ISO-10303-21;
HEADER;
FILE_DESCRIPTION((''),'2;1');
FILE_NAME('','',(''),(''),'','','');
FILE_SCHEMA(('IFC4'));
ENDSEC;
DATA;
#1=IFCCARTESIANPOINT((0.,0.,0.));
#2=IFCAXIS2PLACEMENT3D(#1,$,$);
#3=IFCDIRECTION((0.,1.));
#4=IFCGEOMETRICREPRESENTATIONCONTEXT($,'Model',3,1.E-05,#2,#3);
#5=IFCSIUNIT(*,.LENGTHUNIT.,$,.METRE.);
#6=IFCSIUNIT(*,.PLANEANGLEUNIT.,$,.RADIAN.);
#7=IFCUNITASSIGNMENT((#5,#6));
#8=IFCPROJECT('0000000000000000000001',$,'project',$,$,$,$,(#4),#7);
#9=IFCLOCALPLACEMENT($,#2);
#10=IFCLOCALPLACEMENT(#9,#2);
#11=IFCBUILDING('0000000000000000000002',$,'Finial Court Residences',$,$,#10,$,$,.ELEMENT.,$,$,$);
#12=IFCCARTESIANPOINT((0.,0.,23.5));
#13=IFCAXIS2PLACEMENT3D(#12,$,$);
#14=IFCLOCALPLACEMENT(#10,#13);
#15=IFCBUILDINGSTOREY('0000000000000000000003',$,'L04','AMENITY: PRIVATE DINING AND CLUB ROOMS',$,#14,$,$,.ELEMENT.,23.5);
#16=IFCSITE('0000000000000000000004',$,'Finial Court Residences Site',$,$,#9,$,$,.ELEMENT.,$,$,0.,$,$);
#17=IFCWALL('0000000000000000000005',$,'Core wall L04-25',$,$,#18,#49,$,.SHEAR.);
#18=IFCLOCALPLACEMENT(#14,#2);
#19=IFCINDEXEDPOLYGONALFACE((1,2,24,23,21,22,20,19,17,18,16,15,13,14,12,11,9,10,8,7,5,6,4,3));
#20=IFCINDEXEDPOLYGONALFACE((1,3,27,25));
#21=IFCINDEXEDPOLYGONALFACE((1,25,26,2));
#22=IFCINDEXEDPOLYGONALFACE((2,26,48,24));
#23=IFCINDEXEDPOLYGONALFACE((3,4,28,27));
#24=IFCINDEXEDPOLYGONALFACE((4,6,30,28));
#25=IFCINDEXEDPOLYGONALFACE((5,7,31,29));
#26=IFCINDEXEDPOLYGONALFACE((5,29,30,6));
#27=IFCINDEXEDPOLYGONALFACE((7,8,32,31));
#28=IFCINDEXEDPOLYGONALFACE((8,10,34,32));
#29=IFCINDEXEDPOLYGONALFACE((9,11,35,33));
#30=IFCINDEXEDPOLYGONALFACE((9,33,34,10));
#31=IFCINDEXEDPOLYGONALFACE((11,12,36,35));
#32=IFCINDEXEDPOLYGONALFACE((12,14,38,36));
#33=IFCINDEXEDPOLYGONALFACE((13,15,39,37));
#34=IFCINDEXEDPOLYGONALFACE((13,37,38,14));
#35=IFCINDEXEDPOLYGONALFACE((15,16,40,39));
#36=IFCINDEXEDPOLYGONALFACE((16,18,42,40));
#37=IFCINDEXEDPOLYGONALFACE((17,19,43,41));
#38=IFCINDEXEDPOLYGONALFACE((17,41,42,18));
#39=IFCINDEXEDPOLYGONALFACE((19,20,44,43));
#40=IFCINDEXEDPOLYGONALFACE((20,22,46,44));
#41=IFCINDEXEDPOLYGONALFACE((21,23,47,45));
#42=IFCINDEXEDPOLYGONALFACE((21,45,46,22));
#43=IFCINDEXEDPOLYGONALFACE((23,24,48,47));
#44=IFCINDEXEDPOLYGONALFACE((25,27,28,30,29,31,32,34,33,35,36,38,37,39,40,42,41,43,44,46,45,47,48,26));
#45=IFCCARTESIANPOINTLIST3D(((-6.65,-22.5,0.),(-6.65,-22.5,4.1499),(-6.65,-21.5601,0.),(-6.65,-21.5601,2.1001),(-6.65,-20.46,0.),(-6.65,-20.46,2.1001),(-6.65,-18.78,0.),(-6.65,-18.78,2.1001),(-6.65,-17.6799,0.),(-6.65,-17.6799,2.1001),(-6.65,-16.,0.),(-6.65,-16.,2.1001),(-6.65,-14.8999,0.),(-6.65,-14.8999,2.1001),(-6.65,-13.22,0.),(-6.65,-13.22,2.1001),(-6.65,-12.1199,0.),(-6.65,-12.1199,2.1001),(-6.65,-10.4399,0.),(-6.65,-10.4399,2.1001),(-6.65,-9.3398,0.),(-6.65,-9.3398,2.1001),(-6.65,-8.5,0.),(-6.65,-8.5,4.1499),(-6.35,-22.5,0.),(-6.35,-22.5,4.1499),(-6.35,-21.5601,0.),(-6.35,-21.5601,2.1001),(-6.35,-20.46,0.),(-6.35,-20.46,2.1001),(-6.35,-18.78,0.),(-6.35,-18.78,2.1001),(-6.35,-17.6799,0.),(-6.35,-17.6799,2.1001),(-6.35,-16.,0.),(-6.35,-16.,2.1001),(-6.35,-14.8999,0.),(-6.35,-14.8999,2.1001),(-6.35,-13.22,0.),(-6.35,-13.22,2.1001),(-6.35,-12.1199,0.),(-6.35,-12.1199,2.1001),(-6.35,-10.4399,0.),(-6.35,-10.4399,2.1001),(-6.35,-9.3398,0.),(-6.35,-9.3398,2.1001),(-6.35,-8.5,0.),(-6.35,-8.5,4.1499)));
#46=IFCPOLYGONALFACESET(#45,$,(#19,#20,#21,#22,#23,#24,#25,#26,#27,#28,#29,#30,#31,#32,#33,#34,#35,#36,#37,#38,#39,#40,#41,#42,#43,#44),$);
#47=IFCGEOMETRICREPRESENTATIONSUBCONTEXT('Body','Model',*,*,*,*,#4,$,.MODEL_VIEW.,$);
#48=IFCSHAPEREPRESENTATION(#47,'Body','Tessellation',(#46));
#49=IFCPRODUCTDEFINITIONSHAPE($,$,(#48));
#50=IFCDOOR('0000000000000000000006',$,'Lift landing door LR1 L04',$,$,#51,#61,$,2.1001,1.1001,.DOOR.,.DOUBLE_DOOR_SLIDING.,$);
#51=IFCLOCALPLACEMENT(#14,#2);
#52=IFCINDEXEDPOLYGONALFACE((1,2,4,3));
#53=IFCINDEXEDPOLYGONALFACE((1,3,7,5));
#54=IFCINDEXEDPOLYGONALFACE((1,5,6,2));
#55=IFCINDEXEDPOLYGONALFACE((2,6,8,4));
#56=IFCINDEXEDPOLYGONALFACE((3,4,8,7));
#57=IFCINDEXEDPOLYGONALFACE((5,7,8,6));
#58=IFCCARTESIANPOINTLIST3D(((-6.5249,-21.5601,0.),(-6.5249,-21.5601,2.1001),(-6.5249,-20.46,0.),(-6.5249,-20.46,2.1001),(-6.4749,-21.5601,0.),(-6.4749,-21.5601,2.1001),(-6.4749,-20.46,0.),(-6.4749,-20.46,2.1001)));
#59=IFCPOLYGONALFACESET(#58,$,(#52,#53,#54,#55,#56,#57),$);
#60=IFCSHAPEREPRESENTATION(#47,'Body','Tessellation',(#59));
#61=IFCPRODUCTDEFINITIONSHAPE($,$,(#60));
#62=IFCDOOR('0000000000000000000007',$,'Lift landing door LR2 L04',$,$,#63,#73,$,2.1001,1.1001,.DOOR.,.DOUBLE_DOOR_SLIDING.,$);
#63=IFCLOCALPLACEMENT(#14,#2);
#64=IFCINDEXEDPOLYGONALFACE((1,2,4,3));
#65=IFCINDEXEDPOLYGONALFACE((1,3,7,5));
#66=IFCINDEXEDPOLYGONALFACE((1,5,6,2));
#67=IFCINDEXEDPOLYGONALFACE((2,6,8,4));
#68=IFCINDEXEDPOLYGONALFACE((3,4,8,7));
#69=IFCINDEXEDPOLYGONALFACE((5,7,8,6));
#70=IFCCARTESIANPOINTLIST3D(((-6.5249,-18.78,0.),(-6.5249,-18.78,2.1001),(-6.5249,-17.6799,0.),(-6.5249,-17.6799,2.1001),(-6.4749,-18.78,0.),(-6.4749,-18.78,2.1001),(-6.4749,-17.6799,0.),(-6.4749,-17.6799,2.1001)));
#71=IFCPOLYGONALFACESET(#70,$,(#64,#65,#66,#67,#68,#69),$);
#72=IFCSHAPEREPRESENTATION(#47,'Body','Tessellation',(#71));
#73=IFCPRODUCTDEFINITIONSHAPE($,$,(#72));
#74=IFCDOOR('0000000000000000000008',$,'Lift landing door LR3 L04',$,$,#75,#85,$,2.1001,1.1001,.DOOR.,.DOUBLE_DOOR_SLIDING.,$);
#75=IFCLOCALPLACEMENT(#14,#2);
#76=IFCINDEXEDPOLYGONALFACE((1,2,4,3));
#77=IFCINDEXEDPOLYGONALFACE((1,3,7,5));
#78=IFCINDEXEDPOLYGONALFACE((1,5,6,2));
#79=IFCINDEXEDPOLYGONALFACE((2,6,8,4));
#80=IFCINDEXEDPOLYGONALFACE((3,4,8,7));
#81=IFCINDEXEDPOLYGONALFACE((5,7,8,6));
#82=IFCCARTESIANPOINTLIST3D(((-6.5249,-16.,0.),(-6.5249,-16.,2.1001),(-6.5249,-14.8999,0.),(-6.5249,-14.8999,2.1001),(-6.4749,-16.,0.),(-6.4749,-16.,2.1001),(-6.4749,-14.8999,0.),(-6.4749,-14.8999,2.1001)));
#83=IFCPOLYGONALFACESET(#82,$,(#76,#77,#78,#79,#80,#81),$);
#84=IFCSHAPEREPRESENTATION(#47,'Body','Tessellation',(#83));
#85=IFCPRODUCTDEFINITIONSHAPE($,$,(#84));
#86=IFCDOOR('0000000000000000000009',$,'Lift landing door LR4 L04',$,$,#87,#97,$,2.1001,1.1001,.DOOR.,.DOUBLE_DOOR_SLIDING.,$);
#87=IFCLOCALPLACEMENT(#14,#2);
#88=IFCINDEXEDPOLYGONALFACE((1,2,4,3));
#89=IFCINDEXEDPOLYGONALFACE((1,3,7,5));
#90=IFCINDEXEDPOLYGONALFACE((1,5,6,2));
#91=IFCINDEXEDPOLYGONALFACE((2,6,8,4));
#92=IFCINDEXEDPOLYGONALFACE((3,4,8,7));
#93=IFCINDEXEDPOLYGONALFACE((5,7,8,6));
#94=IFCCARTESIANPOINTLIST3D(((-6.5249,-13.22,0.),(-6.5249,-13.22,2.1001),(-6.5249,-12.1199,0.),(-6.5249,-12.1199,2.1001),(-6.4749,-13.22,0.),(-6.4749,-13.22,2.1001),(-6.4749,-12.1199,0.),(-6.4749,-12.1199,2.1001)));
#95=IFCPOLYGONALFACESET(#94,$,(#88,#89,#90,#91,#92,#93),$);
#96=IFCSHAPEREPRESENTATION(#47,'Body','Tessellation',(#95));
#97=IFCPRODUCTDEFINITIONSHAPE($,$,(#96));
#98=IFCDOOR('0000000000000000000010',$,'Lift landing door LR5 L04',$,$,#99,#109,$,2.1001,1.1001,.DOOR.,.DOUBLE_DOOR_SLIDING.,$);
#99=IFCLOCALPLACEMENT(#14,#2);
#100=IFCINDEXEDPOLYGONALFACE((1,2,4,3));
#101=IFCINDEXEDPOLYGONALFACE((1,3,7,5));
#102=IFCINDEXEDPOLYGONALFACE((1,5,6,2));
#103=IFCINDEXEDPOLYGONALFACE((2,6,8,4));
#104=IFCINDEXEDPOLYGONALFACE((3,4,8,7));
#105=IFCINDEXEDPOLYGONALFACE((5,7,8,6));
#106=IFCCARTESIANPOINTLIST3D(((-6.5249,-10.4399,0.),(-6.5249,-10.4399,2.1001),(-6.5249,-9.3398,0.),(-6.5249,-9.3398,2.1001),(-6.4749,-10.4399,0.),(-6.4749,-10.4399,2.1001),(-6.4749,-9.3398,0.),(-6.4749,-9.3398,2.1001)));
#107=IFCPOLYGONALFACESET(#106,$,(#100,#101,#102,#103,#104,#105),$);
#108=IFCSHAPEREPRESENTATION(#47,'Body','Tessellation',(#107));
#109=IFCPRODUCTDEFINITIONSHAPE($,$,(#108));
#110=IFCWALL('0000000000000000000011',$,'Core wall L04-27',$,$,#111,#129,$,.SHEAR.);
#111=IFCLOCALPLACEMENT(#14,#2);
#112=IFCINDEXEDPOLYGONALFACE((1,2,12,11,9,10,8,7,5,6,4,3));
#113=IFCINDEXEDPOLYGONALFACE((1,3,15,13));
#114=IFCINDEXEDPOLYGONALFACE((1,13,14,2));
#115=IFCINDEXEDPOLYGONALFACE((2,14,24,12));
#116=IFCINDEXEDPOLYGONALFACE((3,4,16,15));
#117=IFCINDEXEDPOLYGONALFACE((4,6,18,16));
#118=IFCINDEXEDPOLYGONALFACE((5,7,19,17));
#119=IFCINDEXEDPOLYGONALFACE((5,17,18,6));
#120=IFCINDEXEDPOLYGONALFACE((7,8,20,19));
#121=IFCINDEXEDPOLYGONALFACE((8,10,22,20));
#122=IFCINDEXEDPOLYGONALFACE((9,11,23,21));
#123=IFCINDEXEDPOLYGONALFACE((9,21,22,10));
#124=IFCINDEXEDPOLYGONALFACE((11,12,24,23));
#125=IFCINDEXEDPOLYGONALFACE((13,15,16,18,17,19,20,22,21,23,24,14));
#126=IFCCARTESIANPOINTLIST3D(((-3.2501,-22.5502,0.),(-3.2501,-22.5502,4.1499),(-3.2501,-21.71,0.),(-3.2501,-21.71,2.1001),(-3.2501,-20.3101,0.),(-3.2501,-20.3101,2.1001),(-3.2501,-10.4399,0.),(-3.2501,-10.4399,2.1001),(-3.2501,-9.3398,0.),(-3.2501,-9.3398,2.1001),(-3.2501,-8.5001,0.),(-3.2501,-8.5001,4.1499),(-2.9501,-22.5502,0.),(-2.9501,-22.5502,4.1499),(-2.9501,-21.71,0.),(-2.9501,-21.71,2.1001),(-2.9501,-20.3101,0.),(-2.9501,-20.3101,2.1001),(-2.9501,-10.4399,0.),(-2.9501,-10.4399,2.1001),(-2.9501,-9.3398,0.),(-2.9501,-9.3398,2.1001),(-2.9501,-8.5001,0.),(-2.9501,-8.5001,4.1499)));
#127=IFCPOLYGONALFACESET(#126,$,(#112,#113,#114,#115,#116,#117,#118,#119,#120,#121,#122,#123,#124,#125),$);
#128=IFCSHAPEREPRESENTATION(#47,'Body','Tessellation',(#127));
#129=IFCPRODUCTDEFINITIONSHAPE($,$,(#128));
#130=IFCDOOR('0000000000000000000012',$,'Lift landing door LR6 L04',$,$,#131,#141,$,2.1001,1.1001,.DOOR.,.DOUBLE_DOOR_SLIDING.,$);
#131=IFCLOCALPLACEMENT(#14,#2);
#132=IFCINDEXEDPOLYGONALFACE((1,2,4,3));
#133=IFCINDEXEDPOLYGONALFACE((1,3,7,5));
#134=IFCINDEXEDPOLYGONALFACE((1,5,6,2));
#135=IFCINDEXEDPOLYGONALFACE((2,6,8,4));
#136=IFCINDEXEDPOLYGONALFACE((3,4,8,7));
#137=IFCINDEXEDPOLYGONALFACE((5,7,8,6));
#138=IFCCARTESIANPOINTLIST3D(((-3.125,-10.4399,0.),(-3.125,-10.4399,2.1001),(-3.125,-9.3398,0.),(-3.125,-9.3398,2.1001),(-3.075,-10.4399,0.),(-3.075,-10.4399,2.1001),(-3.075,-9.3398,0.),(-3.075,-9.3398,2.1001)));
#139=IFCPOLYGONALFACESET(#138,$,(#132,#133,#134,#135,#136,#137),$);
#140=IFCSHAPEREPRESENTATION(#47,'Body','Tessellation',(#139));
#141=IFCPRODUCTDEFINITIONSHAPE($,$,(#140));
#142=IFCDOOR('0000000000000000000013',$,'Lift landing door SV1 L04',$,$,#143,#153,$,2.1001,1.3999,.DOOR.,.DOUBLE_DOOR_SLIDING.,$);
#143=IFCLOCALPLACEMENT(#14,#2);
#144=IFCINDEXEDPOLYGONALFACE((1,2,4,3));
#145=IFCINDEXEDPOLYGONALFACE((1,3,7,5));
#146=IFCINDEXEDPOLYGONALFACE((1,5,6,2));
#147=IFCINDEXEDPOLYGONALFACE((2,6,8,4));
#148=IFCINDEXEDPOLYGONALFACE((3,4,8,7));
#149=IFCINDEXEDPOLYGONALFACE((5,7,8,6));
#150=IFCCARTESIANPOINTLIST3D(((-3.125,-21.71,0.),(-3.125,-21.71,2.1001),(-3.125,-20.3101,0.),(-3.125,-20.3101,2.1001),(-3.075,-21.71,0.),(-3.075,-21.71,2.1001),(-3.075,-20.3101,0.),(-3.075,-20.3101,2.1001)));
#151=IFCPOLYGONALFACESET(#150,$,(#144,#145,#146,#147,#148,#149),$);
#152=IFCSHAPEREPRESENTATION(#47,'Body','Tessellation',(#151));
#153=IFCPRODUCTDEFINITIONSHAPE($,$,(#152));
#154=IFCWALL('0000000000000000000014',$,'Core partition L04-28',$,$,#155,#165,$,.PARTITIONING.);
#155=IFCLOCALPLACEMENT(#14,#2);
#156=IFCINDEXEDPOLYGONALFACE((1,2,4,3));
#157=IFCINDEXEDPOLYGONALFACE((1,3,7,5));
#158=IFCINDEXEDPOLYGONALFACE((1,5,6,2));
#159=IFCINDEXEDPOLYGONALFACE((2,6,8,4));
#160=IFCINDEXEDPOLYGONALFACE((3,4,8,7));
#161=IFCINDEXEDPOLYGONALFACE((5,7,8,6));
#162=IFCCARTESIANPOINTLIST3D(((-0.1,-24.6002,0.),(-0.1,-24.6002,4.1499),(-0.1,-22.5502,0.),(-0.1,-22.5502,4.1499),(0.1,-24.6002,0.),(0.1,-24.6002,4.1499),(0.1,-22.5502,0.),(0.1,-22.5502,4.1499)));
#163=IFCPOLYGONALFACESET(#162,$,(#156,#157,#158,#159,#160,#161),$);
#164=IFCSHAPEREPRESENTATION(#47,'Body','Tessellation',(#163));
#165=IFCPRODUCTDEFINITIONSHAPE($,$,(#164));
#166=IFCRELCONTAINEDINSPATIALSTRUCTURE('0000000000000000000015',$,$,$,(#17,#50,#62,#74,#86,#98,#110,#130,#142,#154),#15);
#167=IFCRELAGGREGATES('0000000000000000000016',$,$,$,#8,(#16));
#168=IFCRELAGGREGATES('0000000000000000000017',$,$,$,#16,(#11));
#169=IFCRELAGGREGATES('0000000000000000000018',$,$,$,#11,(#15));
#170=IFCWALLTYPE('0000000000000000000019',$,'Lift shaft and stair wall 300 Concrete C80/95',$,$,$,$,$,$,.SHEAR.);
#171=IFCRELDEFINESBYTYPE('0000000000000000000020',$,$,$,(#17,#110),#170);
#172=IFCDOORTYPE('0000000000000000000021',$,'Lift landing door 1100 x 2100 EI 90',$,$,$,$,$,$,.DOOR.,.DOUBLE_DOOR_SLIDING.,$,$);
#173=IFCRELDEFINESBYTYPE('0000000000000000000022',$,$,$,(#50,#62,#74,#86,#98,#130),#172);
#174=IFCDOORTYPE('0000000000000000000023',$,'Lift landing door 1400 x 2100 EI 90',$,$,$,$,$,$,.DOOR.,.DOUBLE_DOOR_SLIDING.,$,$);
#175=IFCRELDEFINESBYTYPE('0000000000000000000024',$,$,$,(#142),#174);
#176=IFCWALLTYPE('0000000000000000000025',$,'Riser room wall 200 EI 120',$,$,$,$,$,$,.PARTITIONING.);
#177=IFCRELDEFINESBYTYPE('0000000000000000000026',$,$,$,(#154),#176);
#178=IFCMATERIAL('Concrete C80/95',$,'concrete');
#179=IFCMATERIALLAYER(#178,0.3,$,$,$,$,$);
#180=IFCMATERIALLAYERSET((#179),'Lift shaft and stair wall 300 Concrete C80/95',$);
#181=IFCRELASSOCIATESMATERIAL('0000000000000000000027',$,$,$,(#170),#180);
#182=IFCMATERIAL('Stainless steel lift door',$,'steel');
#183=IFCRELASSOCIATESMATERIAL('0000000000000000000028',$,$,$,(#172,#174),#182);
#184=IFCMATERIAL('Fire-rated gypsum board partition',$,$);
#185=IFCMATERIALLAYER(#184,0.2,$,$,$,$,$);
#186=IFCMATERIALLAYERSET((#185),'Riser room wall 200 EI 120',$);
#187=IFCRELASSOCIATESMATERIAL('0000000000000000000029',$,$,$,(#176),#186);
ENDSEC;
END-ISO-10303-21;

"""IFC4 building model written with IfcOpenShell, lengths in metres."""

from ifc_helpers import new_model, si_unit, direction, frame, frame_2d, origin, place, context, subcontext, project, spatial, rectangle, extrude, material, layer, layer_set, type_object, element, fill, save


model = new_model("IFC4")

# Units and contexts
model_context = context("Model", 3, precision=1e-05, world=origin(), true_north=direction((0.0, 1.0)))
body_context = subcontext(model_context, "Body", "Model", "MODEL_VIEW")
ifc_project = project(units=[si_unit("LENGTHUNIT", "METRE"), si_unit("PLANEANGLEUNIT", "RADIAN")], contexts=[model_context])

# Site, building, storey
site_placement = place(None, origin())
site = spatial("IfcSite", under=ifc_project, at=site_placement, Name="Finial Court Residences Site", CompositionType="ELEMENT", RefElevation=0.0)
building_placement = place(site_placement, origin())
building = spatial("IfcBuilding", under=site, at=building_placement, Name="Finial Court Residences", CompositionType="ELEMENT")
storey_placement = place(building_placement, frame((0.0, 0.0, 23.5)))
storey = spatial("IfcBuildingStorey", under=building, at=storey_placement, Name="L04", Description="AMENITY: PRIVATE DINING AND CLUB ROOMS", CompositionType="ELEMENT", Elevation=23.5)

# Shared definitions
ifc_material_1 = material(Name="Fire-rated gypsum board partition")

# Walls, openings, doors
ifc_material_2 = material(Name="Concrete C80/95", Category="concrete")
ifc_layer_1 = layer(ifc_material_2, 0.3)
ifc_layer_set_1 = layer_set([ifc_layer_1], Name="Lift shaft and stair wall 300 Concrete C80/95")
wall_type_1 = type_object("IfcWallType", Name="Lift shaft and stair wall 300 Concrete C80/95", PredefinedType="SHEAR", material=ifc_layer_set_1)
wall_1_placement = place(storey_placement, frame((-6.5, -22.5, 0.0), z_axis=(0.0, 0.0, 1.0), x_axis=(0.0, 1.0, 0.0)))
wall_1 = element("IfcWall", 1, at=wall_1_placement, inside=storey, type_object=wall_type_1, Name="Core wall L04-25", PredefinedType="SHEAR", context=body_context, shape_type="SweptSolid", body=[
    extrude(rectangle(XDim=14.0, YDim=0.3, at=frame_2d((7.0, 0.0))), origin(), (0.0, 0.0, 1.0), 4.1499),
])
opening_1_placement = place(wall_1_placement, frame((0.9399, 0.0, 0.0)))
opening_1 = element("IfcOpeningElement", 2, at=opening_1_placement, cuts=wall_1, PredefinedType="OPENING", context=body_context, shape_type="SweptSolid", body=[
    extrude(rectangle(XDim=1.1001, YDim=2.1001, at=frame_2d((0.55, 1.05))), frame((0.0, 0.1599, 0.0), z_axis=(0.0, -1.0, 0.0), x_axis=(1.0, 0.0, 0.0)), (0.0, 0.0, 1.0), 0.3201),
])
opening_2_placement = place(wall_1_placement, frame((3.72, 0.0, 0.0)))
opening_2 = element("IfcOpeningElement", 3, at=opening_2_placement, cuts=wall_1, PredefinedType="OPENING", context=body_context, shape_type="SweptSolid", body=[
    extrude(rectangle(XDim=1.1001, YDim=2.1001, at=frame_2d((0.55, 1.05))), frame((0.0, 0.1599, 0.0), z_axis=(0.0, -1.0, 0.0), x_axis=(1.0, 0.0, 0.0)), (0.0, 0.0, 1.0), 0.3201),
])
opening_3_placement = place(wall_1_placement, frame((6.5, 0.0, 0.0)))
opening_3 = element("IfcOpeningElement", 4, at=opening_3_placement, cuts=wall_1, PredefinedType="OPENING", context=body_context, shape_type="SweptSolid", body=[
    extrude(rectangle(XDim=1.1001, YDim=2.1001, at=frame_2d((0.55, 1.05))), frame((0.0, 0.1599, 0.0), z_axis=(0.0, -1.0, 0.0), x_axis=(1.0, 0.0, 0.0)), (0.0, 0.0, 1.0), 0.3201),
])
opening_4_placement = place(wall_1_placement, frame((9.28, 0.0, 0.0)))
opening_4 = element("IfcOpeningElement", 5, at=opening_4_placement, cuts=wall_1, PredefinedType="OPENING", context=body_context, shape_type="SweptSolid", body=[
    extrude(rectangle(XDim=1.1001, YDim=2.1001, at=frame_2d((0.55, 1.05))), frame((0.0, 0.1599, 0.0), z_axis=(0.0, -1.0, 0.0), x_axis=(1.0, 0.0, 0.0)), (0.0, 0.0, 1.0), 0.3201),
])
opening_5_placement = place(wall_1_placement, frame((12.0601, 0.0, 0.0)))
opening_5 = element("IfcOpeningElement", 6, at=opening_5_placement, cuts=wall_1, PredefinedType="OPENING", context=body_context, shape_type="SweptSolid", body=[
    extrude(rectangle(XDim=1.1001, YDim=2.1001, at=frame_2d((0.55, 1.05))), frame((0.0, 0.1599, 0.0), z_axis=(0.0, -1.0, 0.0), x_axis=(1.0, 0.0, 0.0)), (0.0, 0.0, 1.0), 0.3201),
])
ifc_material_3 = material(Name="Stainless steel lift door", Category="steel")
door_type_1 = type_object("IfcDoorType", Name="Lift landing door 1100 x 2100 EI 90", OperationType="DOUBLE_DOOR_SLIDING", PredefinedType="DOOR", material=ifc_material_3)
door_1_placement = place(opening_1_placement, origin())
door_1 = element("IfcDoor", 7, at=door_1_placement, inside=storey, type_object=door_type_1, Name="Lift landing door LR1 L04", OperationType="DOUBLE_DOOR_SLIDING", OverallHeight=2.1001, OverallWidth=1.1001, PredefinedType="DOOR", context=body_context, shape_type="SweptSolid", body=[
    extrude(rectangle(XDim=1.1001, YDim=2.1001, at=frame_2d((0.55, 1.05))), frame((0.0, 0.0249, 0.0), z_axis=(0.0, -1.0, 0.0), x_axis=(1.0, 0.0, 0.0)), (0.0, 0.0, 1.0), 0.05),
])
fill(opening_1, door_1)
door_2_placement = place(opening_2_placement, origin())
door_2 = element("IfcDoor", 8, at=door_2_placement, inside=storey, type_object=door_type_1, Name="Lift landing door LR2 L04", OperationType="DOUBLE_DOOR_SLIDING", OverallHeight=2.1001, OverallWidth=1.1001, PredefinedType="DOOR", context=body_context, shape_type="SweptSolid", body=[
    extrude(rectangle(XDim=1.1001, YDim=2.1001, at=frame_2d((0.55, 1.05))), frame((0.0, 0.0249, 0.0), z_axis=(0.0, -1.0, 0.0), x_axis=(1.0, 0.0, 0.0)), (0.0, 0.0, 1.0), 0.05),
])
fill(opening_2, door_2)
door_3_placement = place(opening_3_placement, origin())
door_3 = element("IfcDoor", 9, at=door_3_placement, inside=storey, type_object=door_type_1, Name="Lift landing door LR3 L04", OperationType="DOUBLE_DOOR_SLIDING", OverallHeight=2.1001, OverallWidth=1.1001, PredefinedType="DOOR", context=body_context, shape_type="SweptSolid", body=[
    extrude(rectangle(XDim=1.1001, YDim=2.1001, at=frame_2d((0.55, 1.05))), frame((0.0, 0.0249, 0.0), z_axis=(0.0, -1.0, 0.0), x_axis=(1.0, 0.0, 0.0)), (0.0, 0.0, 1.0), 0.05),
])
fill(opening_3, door_3)
door_4_placement = place(opening_4_placement, origin())
door_4 = element("IfcDoor", 10, at=door_4_placement, inside=storey, type_object=door_type_1, Name="Lift landing door LR4 L04", OperationType="DOUBLE_DOOR_SLIDING", OverallHeight=2.1001, OverallWidth=1.1001, PredefinedType="DOOR", context=body_context, shape_type="SweptSolid", body=[
    extrude(rectangle(XDim=1.1001, YDim=2.1001, at=frame_2d((0.55, 1.05))), frame((0.0, 0.0249, 0.0), z_axis=(0.0, -1.0, 0.0), x_axis=(1.0, 0.0, 0.0)), (0.0, 0.0, 1.0), 0.05),
])
fill(opening_4, door_4)
door_5_placement = place(opening_5_placement, origin())
door_5 = element("IfcDoor", 11, at=door_5_placement, inside=storey, type_object=door_type_1, Name="Lift landing door LR5 L04", OperationType="DOUBLE_DOOR_SLIDING", OverallHeight=2.1001, OverallWidth=1.1001, PredefinedType="DOOR", context=body_context, shape_type="SweptSolid", body=[
    extrude(rectangle(XDim=1.1001, YDim=2.1001, at=frame_2d((0.55, 1.05))), frame((0.0, 0.0249, 0.0), z_axis=(0.0, -1.0, 0.0), x_axis=(1.0, 0.0, 0.0)), (0.0, 0.0, 1.0), 0.05),
])
fill(opening_5, door_5)
wall_2_placement = place(storey_placement, frame((-3.1001, -22.55, 0.0), z_axis=(0.0, 0.0, 1.0), x_axis=(0.0, 1.0, 0.0)))
wall_2 = element("IfcWall", 12, at=wall_2_placement, inside=storey, type_object=wall_type_1, Name="Core wall L04-27", PredefinedType="SHEAR", context=body_context, shape_type="SweptSolid", body=[
    extrude(rectangle(XDim=14.05, YDim=0.3, at=frame_2d((7.0249, 0.0))), origin(), (0.0, 0.0, 1.0), 4.1499),
])
opening_6_placement = place(wall_2_placement, frame((12.1101, 0.0, 0.0)))
opening_6 = element("IfcOpeningElement", 13, at=opening_6_placement, cuts=wall_2, PredefinedType="OPENING", context=body_context, shape_type="SweptSolid", body=[
    extrude(rectangle(XDim=1.1001, YDim=2.1001, at=frame_2d((0.55, 1.05))), frame((0.0, 0.1599, 0.0), z_axis=(0.0, -1.0, 0.0), x_axis=(1.0, 0.0, 0.0)), (0.0, 0.0, 1.0), 0.3201),
])
opening_7_placement = place(wall_2_placement, frame((0.8401, 0.0, 0.0)))
opening_7 = element("IfcOpeningElement", 14, at=opening_7_placement, cuts=wall_2, PredefinedType="OPENING", context=body_context, shape_type="SweptSolid", body=[
    extrude(rectangle(XDim=1.3999, YDim=2.1001, at=frame_2d((0.7, 1.05))), frame((0.0, 0.1599, 0.0), z_axis=(0.0, -1.0, 0.0), x_axis=(1.0, 0.0, 0.0)), (0.0, 0.0, 1.0), 0.3201),
])
door_6_placement = place(opening_6_placement, origin())
door_6 = element("IfcDoor", 15, at=door_6_placement, inside=storey, type_object=door_type_1, Name="Lift landing door LR6 L04", OperationType="DOUBLE_DOOR_SLIDING", OverallHeight=2.1001, OverallWidth=1.1001, PredefinedType="DOOR", context=body_context, shape_type="SweptSolid", body=[
    extrude(rectangle(XDim=1.1001, YDim=2.1001, at=frame_2d((0.55, 1.05))), frame((0.0, 0.0249, 0.0), z_axis=(0.0, -1.0, 0.0), x_axis=(1.0, 0.0, 0.0)), (0.0, 0.0, 1.0), 0.05),
])
fill(opening_6, door_6)
door_type_2 = type_object("IfcDoorType", Name="Lift landing door 1400 x 2100 EI 90", OperationType="DOUBLE_DOOR_SLIDING", PredefinedType="DOOR", material=ifc_material_3)
door_7_placement = place(opening_7_placement, origin())
door_7 = element("IfcDoor", 16, at=door_7_placement, inside=storey, type_object=door_type_2, Name="Lift landing door SV1 L04", OperationType="DOUBLE_DOOR_SLIDING", OverallHeight=2.1001, OverallWidth=1.3999, PredefinedType="DOOR", context=body_context, shape_type="SweptSolid", body=[
    extrude(rectangle(XDim=1.3999, YDim=2.1001, at=frame_2d((0.7, 1.05))), frame((0.0, 0.0249, 0.0), z_axis=(0.0, -1.0, 0.0), x_axis=(1.0, 0.0, 0.0)), (0.0, 0.0, 1.0), 0.05),
])
fill(opening_7, door_7)

# Wall
ifc_layer_2 = layer(ifc_material_1, 0.2)
ifc_layer_set_2 = layer_set([ifc_layer_2], Name="Riser room wall 200 EI 120")
wall_type_2 = type_object("IfcWallType", Name="Riser room wall 200 EI 120", PredefinedType="PARTITIONING", material=ifc_layer_set_2)
wall_3_placement = place(storey_placement, frame((0.0, -24.6001, 0.0), z_axis=(0.0, 0.0, 1.0), x_axis=(0.0, 1.0, 0.0)))
element("IfcWall", 17, at=wall_3_placement, inside=storey, type_object=wall_type_2, Name="Core partition L04-28", PredefinedType="PARTITIONING", context=body_context, shape_type="SweptSolid", body=[
    extrude(rectangle(XDim=2.05, YDim=0.2, at=frame_2d((1.0249, 0.0))), origin(), (0.0, 0.0, 1.0), 4.1499),
])

save(model, "model.ifc")
